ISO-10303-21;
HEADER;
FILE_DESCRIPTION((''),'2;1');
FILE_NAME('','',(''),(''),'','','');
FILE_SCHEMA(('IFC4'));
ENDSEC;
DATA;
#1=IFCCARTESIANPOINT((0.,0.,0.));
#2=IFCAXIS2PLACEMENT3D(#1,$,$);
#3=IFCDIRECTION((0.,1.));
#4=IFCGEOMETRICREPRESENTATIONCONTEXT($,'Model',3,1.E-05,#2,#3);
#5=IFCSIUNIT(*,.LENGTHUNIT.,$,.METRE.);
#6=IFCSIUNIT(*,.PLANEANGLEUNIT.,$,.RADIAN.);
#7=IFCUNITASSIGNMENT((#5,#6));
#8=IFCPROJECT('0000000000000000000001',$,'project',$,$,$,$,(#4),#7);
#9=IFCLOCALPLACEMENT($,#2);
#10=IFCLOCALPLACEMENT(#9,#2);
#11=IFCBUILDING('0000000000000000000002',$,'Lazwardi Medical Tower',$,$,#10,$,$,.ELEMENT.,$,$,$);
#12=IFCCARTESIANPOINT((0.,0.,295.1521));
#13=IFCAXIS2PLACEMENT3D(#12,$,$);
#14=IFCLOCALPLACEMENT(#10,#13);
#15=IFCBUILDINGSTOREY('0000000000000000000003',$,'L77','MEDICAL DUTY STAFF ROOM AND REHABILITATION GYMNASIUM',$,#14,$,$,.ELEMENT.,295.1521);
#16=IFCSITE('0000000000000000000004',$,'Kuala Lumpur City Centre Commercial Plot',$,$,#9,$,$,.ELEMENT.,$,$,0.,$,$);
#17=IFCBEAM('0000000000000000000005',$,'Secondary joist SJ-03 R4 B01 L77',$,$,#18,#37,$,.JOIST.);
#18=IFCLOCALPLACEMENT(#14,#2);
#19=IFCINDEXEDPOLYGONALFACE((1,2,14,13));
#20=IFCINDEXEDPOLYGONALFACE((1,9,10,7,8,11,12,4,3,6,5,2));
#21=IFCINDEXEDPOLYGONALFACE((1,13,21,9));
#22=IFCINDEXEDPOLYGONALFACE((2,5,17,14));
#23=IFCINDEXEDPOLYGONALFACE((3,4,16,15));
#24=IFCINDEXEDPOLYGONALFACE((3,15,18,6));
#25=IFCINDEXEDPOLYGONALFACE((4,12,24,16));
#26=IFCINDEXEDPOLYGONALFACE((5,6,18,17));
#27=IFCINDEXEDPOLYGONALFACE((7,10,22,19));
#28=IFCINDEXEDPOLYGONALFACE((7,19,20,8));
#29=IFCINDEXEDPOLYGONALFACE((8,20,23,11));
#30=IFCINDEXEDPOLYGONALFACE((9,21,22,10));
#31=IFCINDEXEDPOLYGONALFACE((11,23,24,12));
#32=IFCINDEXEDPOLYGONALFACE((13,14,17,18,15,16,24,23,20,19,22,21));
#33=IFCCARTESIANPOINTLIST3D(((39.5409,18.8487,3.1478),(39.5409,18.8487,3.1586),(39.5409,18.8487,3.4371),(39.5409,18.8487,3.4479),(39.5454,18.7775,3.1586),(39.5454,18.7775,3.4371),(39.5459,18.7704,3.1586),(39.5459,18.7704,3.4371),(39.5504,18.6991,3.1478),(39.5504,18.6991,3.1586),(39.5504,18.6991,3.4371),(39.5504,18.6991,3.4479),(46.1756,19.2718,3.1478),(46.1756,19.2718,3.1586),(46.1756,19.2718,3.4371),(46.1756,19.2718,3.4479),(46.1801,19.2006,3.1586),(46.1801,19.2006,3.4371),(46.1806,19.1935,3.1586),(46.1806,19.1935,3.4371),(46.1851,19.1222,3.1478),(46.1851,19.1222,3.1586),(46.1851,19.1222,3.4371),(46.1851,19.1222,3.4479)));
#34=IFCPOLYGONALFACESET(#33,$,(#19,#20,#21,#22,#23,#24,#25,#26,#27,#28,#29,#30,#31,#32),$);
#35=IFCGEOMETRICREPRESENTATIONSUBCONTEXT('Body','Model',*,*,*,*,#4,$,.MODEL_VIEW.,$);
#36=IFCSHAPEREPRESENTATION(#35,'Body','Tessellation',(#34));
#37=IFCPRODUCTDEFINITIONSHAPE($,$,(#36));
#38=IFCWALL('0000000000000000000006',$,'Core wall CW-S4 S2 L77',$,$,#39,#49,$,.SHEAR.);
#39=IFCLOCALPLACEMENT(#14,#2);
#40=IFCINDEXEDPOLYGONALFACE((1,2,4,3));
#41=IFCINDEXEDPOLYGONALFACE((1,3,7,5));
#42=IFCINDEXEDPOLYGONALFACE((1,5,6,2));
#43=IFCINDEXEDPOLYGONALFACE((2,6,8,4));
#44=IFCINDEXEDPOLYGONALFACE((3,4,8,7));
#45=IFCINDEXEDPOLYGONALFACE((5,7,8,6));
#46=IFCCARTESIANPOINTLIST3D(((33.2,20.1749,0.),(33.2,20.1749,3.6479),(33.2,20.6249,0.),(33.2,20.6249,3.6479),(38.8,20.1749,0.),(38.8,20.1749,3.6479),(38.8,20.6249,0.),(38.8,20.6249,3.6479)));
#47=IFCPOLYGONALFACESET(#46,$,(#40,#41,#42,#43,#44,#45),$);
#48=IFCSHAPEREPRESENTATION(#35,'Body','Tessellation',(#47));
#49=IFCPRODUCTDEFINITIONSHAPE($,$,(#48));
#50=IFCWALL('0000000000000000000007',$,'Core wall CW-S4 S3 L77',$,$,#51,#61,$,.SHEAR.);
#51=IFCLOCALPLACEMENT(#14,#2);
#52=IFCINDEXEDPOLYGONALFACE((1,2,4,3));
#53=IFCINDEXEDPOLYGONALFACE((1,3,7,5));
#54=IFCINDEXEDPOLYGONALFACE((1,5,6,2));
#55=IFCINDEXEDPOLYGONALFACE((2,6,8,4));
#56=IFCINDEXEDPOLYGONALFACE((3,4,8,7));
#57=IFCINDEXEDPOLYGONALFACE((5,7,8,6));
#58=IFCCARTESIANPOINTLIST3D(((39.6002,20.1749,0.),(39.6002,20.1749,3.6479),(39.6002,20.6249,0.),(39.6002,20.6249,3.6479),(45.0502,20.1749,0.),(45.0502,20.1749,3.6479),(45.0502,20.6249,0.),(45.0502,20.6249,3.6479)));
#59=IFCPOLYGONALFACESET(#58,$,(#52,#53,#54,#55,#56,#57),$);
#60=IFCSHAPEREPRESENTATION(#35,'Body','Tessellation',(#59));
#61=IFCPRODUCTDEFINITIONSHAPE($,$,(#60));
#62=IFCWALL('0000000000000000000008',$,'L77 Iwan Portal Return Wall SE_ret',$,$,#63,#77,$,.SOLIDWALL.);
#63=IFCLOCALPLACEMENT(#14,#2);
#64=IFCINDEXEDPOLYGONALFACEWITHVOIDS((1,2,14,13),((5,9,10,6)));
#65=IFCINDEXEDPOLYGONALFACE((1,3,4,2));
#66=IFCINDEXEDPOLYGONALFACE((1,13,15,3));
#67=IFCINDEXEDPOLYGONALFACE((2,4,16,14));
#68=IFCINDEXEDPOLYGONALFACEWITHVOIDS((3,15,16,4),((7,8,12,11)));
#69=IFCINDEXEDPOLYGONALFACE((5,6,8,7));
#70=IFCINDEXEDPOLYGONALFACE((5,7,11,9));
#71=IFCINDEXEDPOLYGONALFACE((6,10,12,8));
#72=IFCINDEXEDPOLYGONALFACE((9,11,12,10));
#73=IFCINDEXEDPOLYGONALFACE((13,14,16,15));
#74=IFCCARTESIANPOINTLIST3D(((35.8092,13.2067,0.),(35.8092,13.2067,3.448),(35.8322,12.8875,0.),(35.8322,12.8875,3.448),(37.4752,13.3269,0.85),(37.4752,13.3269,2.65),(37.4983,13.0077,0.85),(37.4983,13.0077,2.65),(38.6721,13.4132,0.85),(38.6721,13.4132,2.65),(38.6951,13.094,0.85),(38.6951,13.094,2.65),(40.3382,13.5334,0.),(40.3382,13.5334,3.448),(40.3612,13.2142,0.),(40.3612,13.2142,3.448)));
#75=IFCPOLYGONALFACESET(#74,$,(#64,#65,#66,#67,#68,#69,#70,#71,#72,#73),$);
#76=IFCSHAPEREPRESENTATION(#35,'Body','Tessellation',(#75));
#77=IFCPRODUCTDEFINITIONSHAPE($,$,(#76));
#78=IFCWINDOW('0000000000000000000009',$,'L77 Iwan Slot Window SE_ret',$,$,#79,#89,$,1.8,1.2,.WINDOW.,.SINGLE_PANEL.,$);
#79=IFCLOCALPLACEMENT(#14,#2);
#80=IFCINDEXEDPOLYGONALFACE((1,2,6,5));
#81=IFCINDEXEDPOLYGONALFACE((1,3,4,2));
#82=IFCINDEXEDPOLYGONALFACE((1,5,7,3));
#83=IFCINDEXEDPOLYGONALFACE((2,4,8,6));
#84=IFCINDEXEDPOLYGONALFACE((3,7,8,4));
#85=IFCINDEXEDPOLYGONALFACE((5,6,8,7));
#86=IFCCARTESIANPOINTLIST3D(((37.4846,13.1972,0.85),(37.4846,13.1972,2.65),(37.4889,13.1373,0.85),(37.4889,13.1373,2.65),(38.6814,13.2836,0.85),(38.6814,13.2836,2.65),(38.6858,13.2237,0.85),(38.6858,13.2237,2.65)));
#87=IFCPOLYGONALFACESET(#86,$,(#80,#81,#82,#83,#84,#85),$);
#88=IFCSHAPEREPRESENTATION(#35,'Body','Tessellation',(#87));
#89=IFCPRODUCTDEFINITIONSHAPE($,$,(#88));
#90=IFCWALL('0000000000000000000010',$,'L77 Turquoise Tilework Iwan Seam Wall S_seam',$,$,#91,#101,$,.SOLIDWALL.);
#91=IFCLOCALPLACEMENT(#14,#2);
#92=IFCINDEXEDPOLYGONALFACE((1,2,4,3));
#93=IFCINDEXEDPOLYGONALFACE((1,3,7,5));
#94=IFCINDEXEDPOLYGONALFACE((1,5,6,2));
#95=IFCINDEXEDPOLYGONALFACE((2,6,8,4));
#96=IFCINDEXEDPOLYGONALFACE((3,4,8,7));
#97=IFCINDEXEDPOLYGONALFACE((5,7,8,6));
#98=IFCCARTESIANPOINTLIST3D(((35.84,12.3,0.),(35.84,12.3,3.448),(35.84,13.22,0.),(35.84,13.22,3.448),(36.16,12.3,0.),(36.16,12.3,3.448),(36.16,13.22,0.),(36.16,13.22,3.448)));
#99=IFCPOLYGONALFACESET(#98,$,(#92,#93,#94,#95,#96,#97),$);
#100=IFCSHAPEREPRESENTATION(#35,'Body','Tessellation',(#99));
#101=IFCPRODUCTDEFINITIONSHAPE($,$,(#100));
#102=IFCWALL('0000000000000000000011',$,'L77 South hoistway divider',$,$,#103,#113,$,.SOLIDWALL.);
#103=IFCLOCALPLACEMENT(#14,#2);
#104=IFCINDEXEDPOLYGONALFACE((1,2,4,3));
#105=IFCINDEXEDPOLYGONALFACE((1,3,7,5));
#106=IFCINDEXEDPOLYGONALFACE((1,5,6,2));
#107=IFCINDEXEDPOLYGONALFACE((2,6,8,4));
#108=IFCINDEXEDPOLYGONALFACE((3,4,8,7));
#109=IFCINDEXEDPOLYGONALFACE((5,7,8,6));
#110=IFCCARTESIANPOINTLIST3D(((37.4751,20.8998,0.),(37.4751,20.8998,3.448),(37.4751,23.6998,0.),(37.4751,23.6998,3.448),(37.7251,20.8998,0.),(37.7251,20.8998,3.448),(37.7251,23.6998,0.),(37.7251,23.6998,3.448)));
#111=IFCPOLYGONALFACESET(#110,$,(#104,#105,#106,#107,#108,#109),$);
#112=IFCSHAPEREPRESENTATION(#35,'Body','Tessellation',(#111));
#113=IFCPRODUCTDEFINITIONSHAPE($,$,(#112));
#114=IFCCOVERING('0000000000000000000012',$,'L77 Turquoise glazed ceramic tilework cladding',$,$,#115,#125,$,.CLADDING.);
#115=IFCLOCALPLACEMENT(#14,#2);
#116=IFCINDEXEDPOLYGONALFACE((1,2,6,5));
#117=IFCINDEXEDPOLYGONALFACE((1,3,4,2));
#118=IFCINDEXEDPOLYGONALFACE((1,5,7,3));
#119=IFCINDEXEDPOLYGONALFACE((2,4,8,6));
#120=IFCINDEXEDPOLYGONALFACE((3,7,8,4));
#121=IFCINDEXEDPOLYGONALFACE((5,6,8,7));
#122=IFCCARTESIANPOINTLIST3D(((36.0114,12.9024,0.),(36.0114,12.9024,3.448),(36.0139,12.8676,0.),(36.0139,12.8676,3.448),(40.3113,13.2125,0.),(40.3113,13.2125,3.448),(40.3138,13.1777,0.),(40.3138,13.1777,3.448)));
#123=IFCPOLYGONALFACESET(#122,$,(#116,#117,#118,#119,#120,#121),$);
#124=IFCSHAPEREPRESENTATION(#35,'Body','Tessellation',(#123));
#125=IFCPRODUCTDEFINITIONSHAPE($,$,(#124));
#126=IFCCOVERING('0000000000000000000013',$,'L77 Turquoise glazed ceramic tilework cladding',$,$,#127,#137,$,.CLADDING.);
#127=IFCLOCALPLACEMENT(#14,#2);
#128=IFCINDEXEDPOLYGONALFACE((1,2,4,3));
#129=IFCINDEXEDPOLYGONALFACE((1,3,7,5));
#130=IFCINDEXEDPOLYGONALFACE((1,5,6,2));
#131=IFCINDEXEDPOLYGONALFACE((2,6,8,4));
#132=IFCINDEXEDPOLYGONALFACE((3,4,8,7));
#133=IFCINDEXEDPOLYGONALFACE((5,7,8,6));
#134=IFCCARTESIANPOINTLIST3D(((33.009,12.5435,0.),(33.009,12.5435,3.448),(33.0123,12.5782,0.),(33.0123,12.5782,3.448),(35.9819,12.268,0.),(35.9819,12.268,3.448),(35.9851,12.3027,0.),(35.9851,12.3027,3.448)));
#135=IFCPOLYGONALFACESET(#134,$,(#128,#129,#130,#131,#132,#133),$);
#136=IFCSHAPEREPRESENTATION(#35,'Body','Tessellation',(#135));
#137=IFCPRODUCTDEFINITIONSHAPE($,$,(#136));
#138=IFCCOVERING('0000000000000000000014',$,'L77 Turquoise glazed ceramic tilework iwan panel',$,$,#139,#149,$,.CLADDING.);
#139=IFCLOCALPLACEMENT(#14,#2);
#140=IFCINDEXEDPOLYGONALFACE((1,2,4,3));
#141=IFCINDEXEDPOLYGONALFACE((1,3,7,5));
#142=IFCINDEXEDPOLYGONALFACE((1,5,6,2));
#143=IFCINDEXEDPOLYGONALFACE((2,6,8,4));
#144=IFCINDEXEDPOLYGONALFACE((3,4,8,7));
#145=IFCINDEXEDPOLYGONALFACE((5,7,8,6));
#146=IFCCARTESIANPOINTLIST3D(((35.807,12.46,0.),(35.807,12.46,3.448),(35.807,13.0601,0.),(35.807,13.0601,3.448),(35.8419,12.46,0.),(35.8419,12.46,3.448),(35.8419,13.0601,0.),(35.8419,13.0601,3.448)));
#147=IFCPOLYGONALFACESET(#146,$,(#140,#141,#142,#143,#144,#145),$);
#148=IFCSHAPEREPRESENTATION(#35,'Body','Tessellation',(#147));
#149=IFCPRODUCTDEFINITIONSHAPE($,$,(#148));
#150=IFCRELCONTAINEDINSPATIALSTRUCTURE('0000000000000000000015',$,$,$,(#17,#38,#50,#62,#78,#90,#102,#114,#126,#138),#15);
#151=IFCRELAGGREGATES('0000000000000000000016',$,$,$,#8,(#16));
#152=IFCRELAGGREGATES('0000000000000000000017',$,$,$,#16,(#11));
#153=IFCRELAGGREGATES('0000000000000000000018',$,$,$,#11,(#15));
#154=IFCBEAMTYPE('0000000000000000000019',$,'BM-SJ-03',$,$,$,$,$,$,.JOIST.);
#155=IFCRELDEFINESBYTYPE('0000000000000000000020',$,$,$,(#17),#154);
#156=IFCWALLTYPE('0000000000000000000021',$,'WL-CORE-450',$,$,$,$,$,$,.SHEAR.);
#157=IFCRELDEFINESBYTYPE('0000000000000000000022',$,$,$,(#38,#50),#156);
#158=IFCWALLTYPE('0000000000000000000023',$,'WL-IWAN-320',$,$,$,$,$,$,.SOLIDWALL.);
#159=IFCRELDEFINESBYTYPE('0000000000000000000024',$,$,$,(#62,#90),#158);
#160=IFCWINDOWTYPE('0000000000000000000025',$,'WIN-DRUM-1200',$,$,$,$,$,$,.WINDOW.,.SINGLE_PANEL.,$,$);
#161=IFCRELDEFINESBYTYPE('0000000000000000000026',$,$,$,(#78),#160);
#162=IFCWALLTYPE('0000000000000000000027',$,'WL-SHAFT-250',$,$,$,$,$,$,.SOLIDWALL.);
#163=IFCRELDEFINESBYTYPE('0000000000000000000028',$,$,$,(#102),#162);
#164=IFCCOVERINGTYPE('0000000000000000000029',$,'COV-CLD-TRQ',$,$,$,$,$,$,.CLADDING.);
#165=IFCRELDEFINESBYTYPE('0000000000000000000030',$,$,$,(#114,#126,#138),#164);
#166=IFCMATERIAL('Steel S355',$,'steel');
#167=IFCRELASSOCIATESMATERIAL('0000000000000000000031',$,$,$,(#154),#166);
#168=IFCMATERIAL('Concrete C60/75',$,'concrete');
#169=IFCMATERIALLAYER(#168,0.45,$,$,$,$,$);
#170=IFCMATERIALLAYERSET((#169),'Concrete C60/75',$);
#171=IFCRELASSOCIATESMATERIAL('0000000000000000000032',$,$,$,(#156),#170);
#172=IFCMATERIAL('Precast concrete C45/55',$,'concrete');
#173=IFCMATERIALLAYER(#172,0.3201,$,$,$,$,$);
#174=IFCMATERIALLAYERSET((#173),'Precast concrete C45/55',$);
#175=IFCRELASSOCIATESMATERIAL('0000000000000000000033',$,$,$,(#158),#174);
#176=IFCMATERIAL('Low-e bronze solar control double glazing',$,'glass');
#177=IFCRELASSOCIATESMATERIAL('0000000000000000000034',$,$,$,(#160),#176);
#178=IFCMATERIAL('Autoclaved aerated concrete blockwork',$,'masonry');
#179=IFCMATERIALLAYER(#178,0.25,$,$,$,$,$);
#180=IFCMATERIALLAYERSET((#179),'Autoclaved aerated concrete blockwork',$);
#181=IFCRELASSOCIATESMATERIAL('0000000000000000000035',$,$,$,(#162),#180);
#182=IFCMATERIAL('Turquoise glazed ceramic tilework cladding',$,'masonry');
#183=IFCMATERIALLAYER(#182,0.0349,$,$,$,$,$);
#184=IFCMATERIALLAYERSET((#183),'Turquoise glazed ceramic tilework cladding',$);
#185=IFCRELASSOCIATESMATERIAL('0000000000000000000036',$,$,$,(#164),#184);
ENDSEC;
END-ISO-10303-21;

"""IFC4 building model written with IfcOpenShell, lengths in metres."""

from ifc_helpers import new_model, si_unit, direction, frame, frame_2d, origin, origin_2d, place, context, subcontext, project, spatial, rectangle, i_section, extrude, material, layer, layer_set, material_profile, profile_set, type_object, element, fill, save


model = new_model("IFC4")

# Units and contexts
model_context = context("Model", 3, precision=1e-05, world=origin(), true_north=direction((0.0, 1.0)))
body_context = subcontext(model_context, "Body", "Model", "MODEL_VIEW")
ifc_project = project(units=[si_unit("LENGTHUNIT", "METRE"), si_unit("PLANEANGLEUNIT", "RADIAN")], contexts=[model_context])

# Site, building, storey
site_placement = place(None, origin())
site = spatial("IfcSite", under=ifc_project, at=site_placement, Name="Kuala Lumpur City Centre Commercial Plot", CompositionType="ELEMENT", RefElevation=0.0)
building_placement = place(site_placement, origin())
building = spatial("IfcBuilding", under=site, at=building_placement, Name="Lazwardi Medical Tower", CompositionType="ELEMENT")
storey_placement = place(building_placement, frame((0.0, 0.0, 295.1521)))
storey = spatial("IfcBuildingStorey", under=building, at=storey_placement, Name="L77", Description="MEDICAL DUTY STAFF ROOM AND REHABILITATION GYMNASIUM", CompositionType="ELEMENT", Elevation=295.1521)

# Shared definitions
ifc_material_1 = material(Name="Concrete C60/75", Category="concrete")

# Beam
ifc_material_2 = material(Name="Steel S355", Category="steel")
ifc_material_profile_1 = material_profile(ifc_material_2, i_section(OverallWidth=0.1499, OverallDepth=0.3, WebThickness=0.0071, FlangeThickness=0.0107, at=origin_2d()), Name="IPE 300")
ifc_profile_set_1 = profile_set([ifc_material_profile_1], Name="Steel S355")
beam_type_1 = type_object("IfcBeamType", Name="BM-SJ-03", PredefinedType="JOIST", material=ifc_profile_set_1)
beam_1_placement = place(storey_placement, frame((39.5457, 18.7739, 3.2979), z_axis=(0.997973, 0.06364, 0.0), x_axis=(-0.06364, 0.997973, 0.0)))
element("IfcBeam", 1, at=beam_1_placement, inside=storey, type_object=beam_type_1, Name="Secondary joist SJ-03 R4 B01 L77", PredefinedType="JOIST", context=body_context, shape_type="SweptSolid", body=[
    extrude(i_section(OverallWidth=0.1499, OverallDepth=0.3, WebThickness=0.0071, FlangeThickness=0.0107, at=origin_2d()), origin(), (0.0, 0.0, 1.0), 6.6482),
])

# Walls
ifc_layer_1 = layer(ifc_material_1, 0.45)
ifc_layer_set_1 = layer_set([ifc_layer_1], Name="Concrete C60/75")
wall_type_1 = type_object("IfcWallType", Name="WL-CORE-450", PredefinedType="SHEAR", material=ifc_layer_set_1)
wall_1_placement = place(storey_placement, frame((33.2, 20.3999, 0.0), z_axis=(0.0, 0.0, 1.0), x_axis=(1.0, 0.0, 0.0)))
element("IfcWall", 2, at=wall_1_placement, inside=storey, type_object=wall_type_1, Name="Core wall CW-S4 S2 L77", PredefinedType="SHEAR", context=body_context, shape_type="SweptSolid", body=[
    extrude(rectangle(XDim=5.6001, YDim=0.45, at=frame_2d((2.8, 0.0))), origin(), (0.0, 0.0, 1.0), 3.6479),
])
wall_2_placement = place(storey_placement, frame((39.6001, 20.3999, 0.0), z_axis=(0.0, 0.0, 1.0), x_axis=(1.0, 0.0, 0.0)))
element("IfcWall", 3, at=wall_2_placement, inside=storey, type_object=wall_type_1, Name="Core wall CW-S4 S3 L77", PredefinedType="SHEAR", context=body_context, shape_type="SweptSolid", body=[
    extrude(rectangle(XDim=5.45, YDim=0.45, at=frame_2d((2.7251, 0.0))), origin(), (0.0, 0.0, 1.0), 3.6479),
])

# Wall, opening, window
ifc_material_3 = material(Name="Precast concrete C45/55", Category="concrete")
ifc_layer_2 = layer(ifc_material_3, 0.3201)
ifc_layer_set_2 = layer_set([ifc_layer_2], Name="Precast concrete C45/55")
wall_type_2 = type_object("IfcWallType", Name="WL-IWAN-320", PredefinedType="SOLIDWALL", material=ifc_layer_set_2)
wall_3_placement = place(storey_placement, frame((35.8206, 13.0471, 0.0), z_axis=(0.0, 0.0, 1.0), x_axis=(0.997409, 0.071939, 0.0)))
wall_3 = element("IfcWall", 4, at=wall_3_placement, inside=storey, type_object=wall_type_2, Name="L77 Iwan Portal Return Wall SE_ret", PredefinedType="SOLIDWALL", context=body_context, shape_type="SweptSolid", body=[
    extrude(rectangle(XDim=4.5408, YDim=0.3201, at=frame_2d((2.2705, 0.0))), origin(), (0.0, 0.0, 1.0), 3.448),
])
opening_placement = place(wall_3_placement, frame((1.6704, 0.0, 0.8501)))
opening = element("IfcOpeningElement", 5, at=opening_placement, cuts=wall_3, PredefinedType="OPENING", context=body_context, shape_type="SweptSolid", body=[
    extrude(rectangle(XDim=1.2, YDim=1.8, at=frame_2d((0.6001, 0.8999))), frame((0.0, 0.1699, 0.0), z_axis=(0.0, -1.0, 0.0), x_axis=(1.0, 0.0, 0.0)), (0.0, 0.0, 1.0), 0.3401),
])
ifc_material_4 = material(Name="Low-e bronze solar control double glazing", Category="glass")
window_type = type_object("IfcWindowType", Name="WIN-DRUM-1200", PartitioningType="SINGLE_PANEL", PredefinedType="WINDOW", material=ifc_material_4)
window_placement = place(opening_placement, origin())
window = element("IfcWindow", 6, at=window_placement, inside=storey, type_object=window_type, Name="L77 Iwan Slot Window SE_ret", OverallHeight=1.8, OverallWidth=1.2, PartitioningType="SINGLE_PANEL", PredefinedType="WINDOW", context=body_context, shape_type="SweptSolid", body=[
    extrude(rectangle(XDim=1.2, YDim=1.8, at=frame_2d((0.6001, 0.8999))), frame((0.0, 0.03, 0.0), z_axis=(0.0, -1.0, 0.0), x_axis=(1.0, 0.0, 0.0)), (0.0, 0.0, 1.0), 0.0601),
])
fill(opening, window)

# Walls
wall_4_placement = place(storey_placement, frame((36.0, 12.3, 0.0), z_axis=(0.0, 0.0, 1.0), x_axis=(0.0, 1.0, 0.0)))
element("IfcWall", 7, at=wall_4_placement, inside=storey, type_object=wall_type_2, Name="L77 Turquoise Tilework Iwan Seam Wall S_seam", PredefinedType="SOLIDWALL", context=body_context, shape_type="SweptSolid", body=[
    extrude(rectangle(XDim=0.9199, YDim=0.3201, at=frame_2d((0.46, 0.0))), origin(), (0.0, 0.0, 1.0), 3.448),
])
ifc_material_5 = material(Name="Autoclaved aerated concrete blockwork", Category="masonry")
ifc_layer_3 = layer(ifc_material_5, 0.25)
ifc_layer_set_3 = layer_set([ifc_layer_3], Name="Autoclaved aerated concrete blockwork")
wall_type_3 = type_object("IfcWallType", Name="WL-SHAFT-250", PredefinedType="SOLIDWALL", material=ifc_layer_set_3)
wall_5_placement = place(storey_placement, frame((37.6001, 20.8999, 0.0), z_axis=(0.0, 0.0, 1.0), x_axis=(0.0, 1.0, 0.0)))
element("IfcWall", 8, at=wall_5_placement, inside=storey, type_object=wall_type_3, Name="L77 South hoistway divider", PredefinedType="SOLIDWALL", context=body_context, shape_type="SweptSolid", body=[
    extrude(rectangle(XDim=2.8, YDim=0.25, at=frame_2d((1.3999, 0.0))), origin(), (0.0, 0.0, 1.0), 3.448),
])

# Coverings
ifc_material_6 = material(Name="Turquoise glazed ceramic tilework cladding", Category="masonry")
ifc_layer_4 = layer(ifc_material_6, 0.0349)
ifc_layer_set_4 = layer_set([ifc_layer_4], Name="Turquoise glazed ceramic tilework cladding")
covering_type = type_object("IfcCoveringType", Name="COV-CLD-TRQ", PredefinedType="CLADDING", material=ifc_layer_set_4)
covering_1_placement = place(storey_placement, frame((38.1626, 13.04, 0.0), z_axis=(0.0, 0.0, 1.0), x_axis=(0.997409, 0.071933, 0.0)))
element("IfcCovering", 9, at=covering_1_placement, inside=storey, type_object=covering_type, Name="L77 Turquoise glazed ceramic tilework cladding", PredefinedType="CLADDING", context=body_context, shape_type="SweptSolid", body=[
    extrude(rectangle(XDim=4.311, YDim=0.0349, at=origin_2d()), origin(), (0.0, 0.0, 1.0), 3.448),
])
covering_2_placement = place(storey_placement, frame((34.4971, 12.4231, 0.0), z_axis=(0.0, 0.0, 1.0), x_axis=(0.995734, -0.092275, 0.0)))
element("IfcCovering", 10, at=covering_2_placement, inside=storey, type_object=covering_type, Name="L77 Turquoise glazed ceramic tilework cladding", PredefinedType="CLADDING", context=body_context, shape_type="SweptSolid", body=[
    extrude(rectangle(XDim=2.9856, YDim=0.0349, at=origin_2d()), origin(), (0.0, 0.0, 1.0), 3.448),
])
covering_3_placement = place(storey_placement, frame((35.8245, 12.76, 0.0), z_axis=(0.0, 0.0, 1.0), x_axis=(0.0, 1.0, 0.0)))
element("IfcCovering", 11, at=covering_3_placement, inside=storey, type_object=covering_type, Name="L77 Turquoise glazed ceramic tilework iwan panel", PredefinedType="CLADDING", context=body_context, shape_type="SweptSolid", body=[
    extrude(rectangle(XDim=0.6001, YDim=0.0349, at=origin_2d()), origin(), (0.0, 0.0, 1.0), 3.448),
])

save(model, "model.ifc")
